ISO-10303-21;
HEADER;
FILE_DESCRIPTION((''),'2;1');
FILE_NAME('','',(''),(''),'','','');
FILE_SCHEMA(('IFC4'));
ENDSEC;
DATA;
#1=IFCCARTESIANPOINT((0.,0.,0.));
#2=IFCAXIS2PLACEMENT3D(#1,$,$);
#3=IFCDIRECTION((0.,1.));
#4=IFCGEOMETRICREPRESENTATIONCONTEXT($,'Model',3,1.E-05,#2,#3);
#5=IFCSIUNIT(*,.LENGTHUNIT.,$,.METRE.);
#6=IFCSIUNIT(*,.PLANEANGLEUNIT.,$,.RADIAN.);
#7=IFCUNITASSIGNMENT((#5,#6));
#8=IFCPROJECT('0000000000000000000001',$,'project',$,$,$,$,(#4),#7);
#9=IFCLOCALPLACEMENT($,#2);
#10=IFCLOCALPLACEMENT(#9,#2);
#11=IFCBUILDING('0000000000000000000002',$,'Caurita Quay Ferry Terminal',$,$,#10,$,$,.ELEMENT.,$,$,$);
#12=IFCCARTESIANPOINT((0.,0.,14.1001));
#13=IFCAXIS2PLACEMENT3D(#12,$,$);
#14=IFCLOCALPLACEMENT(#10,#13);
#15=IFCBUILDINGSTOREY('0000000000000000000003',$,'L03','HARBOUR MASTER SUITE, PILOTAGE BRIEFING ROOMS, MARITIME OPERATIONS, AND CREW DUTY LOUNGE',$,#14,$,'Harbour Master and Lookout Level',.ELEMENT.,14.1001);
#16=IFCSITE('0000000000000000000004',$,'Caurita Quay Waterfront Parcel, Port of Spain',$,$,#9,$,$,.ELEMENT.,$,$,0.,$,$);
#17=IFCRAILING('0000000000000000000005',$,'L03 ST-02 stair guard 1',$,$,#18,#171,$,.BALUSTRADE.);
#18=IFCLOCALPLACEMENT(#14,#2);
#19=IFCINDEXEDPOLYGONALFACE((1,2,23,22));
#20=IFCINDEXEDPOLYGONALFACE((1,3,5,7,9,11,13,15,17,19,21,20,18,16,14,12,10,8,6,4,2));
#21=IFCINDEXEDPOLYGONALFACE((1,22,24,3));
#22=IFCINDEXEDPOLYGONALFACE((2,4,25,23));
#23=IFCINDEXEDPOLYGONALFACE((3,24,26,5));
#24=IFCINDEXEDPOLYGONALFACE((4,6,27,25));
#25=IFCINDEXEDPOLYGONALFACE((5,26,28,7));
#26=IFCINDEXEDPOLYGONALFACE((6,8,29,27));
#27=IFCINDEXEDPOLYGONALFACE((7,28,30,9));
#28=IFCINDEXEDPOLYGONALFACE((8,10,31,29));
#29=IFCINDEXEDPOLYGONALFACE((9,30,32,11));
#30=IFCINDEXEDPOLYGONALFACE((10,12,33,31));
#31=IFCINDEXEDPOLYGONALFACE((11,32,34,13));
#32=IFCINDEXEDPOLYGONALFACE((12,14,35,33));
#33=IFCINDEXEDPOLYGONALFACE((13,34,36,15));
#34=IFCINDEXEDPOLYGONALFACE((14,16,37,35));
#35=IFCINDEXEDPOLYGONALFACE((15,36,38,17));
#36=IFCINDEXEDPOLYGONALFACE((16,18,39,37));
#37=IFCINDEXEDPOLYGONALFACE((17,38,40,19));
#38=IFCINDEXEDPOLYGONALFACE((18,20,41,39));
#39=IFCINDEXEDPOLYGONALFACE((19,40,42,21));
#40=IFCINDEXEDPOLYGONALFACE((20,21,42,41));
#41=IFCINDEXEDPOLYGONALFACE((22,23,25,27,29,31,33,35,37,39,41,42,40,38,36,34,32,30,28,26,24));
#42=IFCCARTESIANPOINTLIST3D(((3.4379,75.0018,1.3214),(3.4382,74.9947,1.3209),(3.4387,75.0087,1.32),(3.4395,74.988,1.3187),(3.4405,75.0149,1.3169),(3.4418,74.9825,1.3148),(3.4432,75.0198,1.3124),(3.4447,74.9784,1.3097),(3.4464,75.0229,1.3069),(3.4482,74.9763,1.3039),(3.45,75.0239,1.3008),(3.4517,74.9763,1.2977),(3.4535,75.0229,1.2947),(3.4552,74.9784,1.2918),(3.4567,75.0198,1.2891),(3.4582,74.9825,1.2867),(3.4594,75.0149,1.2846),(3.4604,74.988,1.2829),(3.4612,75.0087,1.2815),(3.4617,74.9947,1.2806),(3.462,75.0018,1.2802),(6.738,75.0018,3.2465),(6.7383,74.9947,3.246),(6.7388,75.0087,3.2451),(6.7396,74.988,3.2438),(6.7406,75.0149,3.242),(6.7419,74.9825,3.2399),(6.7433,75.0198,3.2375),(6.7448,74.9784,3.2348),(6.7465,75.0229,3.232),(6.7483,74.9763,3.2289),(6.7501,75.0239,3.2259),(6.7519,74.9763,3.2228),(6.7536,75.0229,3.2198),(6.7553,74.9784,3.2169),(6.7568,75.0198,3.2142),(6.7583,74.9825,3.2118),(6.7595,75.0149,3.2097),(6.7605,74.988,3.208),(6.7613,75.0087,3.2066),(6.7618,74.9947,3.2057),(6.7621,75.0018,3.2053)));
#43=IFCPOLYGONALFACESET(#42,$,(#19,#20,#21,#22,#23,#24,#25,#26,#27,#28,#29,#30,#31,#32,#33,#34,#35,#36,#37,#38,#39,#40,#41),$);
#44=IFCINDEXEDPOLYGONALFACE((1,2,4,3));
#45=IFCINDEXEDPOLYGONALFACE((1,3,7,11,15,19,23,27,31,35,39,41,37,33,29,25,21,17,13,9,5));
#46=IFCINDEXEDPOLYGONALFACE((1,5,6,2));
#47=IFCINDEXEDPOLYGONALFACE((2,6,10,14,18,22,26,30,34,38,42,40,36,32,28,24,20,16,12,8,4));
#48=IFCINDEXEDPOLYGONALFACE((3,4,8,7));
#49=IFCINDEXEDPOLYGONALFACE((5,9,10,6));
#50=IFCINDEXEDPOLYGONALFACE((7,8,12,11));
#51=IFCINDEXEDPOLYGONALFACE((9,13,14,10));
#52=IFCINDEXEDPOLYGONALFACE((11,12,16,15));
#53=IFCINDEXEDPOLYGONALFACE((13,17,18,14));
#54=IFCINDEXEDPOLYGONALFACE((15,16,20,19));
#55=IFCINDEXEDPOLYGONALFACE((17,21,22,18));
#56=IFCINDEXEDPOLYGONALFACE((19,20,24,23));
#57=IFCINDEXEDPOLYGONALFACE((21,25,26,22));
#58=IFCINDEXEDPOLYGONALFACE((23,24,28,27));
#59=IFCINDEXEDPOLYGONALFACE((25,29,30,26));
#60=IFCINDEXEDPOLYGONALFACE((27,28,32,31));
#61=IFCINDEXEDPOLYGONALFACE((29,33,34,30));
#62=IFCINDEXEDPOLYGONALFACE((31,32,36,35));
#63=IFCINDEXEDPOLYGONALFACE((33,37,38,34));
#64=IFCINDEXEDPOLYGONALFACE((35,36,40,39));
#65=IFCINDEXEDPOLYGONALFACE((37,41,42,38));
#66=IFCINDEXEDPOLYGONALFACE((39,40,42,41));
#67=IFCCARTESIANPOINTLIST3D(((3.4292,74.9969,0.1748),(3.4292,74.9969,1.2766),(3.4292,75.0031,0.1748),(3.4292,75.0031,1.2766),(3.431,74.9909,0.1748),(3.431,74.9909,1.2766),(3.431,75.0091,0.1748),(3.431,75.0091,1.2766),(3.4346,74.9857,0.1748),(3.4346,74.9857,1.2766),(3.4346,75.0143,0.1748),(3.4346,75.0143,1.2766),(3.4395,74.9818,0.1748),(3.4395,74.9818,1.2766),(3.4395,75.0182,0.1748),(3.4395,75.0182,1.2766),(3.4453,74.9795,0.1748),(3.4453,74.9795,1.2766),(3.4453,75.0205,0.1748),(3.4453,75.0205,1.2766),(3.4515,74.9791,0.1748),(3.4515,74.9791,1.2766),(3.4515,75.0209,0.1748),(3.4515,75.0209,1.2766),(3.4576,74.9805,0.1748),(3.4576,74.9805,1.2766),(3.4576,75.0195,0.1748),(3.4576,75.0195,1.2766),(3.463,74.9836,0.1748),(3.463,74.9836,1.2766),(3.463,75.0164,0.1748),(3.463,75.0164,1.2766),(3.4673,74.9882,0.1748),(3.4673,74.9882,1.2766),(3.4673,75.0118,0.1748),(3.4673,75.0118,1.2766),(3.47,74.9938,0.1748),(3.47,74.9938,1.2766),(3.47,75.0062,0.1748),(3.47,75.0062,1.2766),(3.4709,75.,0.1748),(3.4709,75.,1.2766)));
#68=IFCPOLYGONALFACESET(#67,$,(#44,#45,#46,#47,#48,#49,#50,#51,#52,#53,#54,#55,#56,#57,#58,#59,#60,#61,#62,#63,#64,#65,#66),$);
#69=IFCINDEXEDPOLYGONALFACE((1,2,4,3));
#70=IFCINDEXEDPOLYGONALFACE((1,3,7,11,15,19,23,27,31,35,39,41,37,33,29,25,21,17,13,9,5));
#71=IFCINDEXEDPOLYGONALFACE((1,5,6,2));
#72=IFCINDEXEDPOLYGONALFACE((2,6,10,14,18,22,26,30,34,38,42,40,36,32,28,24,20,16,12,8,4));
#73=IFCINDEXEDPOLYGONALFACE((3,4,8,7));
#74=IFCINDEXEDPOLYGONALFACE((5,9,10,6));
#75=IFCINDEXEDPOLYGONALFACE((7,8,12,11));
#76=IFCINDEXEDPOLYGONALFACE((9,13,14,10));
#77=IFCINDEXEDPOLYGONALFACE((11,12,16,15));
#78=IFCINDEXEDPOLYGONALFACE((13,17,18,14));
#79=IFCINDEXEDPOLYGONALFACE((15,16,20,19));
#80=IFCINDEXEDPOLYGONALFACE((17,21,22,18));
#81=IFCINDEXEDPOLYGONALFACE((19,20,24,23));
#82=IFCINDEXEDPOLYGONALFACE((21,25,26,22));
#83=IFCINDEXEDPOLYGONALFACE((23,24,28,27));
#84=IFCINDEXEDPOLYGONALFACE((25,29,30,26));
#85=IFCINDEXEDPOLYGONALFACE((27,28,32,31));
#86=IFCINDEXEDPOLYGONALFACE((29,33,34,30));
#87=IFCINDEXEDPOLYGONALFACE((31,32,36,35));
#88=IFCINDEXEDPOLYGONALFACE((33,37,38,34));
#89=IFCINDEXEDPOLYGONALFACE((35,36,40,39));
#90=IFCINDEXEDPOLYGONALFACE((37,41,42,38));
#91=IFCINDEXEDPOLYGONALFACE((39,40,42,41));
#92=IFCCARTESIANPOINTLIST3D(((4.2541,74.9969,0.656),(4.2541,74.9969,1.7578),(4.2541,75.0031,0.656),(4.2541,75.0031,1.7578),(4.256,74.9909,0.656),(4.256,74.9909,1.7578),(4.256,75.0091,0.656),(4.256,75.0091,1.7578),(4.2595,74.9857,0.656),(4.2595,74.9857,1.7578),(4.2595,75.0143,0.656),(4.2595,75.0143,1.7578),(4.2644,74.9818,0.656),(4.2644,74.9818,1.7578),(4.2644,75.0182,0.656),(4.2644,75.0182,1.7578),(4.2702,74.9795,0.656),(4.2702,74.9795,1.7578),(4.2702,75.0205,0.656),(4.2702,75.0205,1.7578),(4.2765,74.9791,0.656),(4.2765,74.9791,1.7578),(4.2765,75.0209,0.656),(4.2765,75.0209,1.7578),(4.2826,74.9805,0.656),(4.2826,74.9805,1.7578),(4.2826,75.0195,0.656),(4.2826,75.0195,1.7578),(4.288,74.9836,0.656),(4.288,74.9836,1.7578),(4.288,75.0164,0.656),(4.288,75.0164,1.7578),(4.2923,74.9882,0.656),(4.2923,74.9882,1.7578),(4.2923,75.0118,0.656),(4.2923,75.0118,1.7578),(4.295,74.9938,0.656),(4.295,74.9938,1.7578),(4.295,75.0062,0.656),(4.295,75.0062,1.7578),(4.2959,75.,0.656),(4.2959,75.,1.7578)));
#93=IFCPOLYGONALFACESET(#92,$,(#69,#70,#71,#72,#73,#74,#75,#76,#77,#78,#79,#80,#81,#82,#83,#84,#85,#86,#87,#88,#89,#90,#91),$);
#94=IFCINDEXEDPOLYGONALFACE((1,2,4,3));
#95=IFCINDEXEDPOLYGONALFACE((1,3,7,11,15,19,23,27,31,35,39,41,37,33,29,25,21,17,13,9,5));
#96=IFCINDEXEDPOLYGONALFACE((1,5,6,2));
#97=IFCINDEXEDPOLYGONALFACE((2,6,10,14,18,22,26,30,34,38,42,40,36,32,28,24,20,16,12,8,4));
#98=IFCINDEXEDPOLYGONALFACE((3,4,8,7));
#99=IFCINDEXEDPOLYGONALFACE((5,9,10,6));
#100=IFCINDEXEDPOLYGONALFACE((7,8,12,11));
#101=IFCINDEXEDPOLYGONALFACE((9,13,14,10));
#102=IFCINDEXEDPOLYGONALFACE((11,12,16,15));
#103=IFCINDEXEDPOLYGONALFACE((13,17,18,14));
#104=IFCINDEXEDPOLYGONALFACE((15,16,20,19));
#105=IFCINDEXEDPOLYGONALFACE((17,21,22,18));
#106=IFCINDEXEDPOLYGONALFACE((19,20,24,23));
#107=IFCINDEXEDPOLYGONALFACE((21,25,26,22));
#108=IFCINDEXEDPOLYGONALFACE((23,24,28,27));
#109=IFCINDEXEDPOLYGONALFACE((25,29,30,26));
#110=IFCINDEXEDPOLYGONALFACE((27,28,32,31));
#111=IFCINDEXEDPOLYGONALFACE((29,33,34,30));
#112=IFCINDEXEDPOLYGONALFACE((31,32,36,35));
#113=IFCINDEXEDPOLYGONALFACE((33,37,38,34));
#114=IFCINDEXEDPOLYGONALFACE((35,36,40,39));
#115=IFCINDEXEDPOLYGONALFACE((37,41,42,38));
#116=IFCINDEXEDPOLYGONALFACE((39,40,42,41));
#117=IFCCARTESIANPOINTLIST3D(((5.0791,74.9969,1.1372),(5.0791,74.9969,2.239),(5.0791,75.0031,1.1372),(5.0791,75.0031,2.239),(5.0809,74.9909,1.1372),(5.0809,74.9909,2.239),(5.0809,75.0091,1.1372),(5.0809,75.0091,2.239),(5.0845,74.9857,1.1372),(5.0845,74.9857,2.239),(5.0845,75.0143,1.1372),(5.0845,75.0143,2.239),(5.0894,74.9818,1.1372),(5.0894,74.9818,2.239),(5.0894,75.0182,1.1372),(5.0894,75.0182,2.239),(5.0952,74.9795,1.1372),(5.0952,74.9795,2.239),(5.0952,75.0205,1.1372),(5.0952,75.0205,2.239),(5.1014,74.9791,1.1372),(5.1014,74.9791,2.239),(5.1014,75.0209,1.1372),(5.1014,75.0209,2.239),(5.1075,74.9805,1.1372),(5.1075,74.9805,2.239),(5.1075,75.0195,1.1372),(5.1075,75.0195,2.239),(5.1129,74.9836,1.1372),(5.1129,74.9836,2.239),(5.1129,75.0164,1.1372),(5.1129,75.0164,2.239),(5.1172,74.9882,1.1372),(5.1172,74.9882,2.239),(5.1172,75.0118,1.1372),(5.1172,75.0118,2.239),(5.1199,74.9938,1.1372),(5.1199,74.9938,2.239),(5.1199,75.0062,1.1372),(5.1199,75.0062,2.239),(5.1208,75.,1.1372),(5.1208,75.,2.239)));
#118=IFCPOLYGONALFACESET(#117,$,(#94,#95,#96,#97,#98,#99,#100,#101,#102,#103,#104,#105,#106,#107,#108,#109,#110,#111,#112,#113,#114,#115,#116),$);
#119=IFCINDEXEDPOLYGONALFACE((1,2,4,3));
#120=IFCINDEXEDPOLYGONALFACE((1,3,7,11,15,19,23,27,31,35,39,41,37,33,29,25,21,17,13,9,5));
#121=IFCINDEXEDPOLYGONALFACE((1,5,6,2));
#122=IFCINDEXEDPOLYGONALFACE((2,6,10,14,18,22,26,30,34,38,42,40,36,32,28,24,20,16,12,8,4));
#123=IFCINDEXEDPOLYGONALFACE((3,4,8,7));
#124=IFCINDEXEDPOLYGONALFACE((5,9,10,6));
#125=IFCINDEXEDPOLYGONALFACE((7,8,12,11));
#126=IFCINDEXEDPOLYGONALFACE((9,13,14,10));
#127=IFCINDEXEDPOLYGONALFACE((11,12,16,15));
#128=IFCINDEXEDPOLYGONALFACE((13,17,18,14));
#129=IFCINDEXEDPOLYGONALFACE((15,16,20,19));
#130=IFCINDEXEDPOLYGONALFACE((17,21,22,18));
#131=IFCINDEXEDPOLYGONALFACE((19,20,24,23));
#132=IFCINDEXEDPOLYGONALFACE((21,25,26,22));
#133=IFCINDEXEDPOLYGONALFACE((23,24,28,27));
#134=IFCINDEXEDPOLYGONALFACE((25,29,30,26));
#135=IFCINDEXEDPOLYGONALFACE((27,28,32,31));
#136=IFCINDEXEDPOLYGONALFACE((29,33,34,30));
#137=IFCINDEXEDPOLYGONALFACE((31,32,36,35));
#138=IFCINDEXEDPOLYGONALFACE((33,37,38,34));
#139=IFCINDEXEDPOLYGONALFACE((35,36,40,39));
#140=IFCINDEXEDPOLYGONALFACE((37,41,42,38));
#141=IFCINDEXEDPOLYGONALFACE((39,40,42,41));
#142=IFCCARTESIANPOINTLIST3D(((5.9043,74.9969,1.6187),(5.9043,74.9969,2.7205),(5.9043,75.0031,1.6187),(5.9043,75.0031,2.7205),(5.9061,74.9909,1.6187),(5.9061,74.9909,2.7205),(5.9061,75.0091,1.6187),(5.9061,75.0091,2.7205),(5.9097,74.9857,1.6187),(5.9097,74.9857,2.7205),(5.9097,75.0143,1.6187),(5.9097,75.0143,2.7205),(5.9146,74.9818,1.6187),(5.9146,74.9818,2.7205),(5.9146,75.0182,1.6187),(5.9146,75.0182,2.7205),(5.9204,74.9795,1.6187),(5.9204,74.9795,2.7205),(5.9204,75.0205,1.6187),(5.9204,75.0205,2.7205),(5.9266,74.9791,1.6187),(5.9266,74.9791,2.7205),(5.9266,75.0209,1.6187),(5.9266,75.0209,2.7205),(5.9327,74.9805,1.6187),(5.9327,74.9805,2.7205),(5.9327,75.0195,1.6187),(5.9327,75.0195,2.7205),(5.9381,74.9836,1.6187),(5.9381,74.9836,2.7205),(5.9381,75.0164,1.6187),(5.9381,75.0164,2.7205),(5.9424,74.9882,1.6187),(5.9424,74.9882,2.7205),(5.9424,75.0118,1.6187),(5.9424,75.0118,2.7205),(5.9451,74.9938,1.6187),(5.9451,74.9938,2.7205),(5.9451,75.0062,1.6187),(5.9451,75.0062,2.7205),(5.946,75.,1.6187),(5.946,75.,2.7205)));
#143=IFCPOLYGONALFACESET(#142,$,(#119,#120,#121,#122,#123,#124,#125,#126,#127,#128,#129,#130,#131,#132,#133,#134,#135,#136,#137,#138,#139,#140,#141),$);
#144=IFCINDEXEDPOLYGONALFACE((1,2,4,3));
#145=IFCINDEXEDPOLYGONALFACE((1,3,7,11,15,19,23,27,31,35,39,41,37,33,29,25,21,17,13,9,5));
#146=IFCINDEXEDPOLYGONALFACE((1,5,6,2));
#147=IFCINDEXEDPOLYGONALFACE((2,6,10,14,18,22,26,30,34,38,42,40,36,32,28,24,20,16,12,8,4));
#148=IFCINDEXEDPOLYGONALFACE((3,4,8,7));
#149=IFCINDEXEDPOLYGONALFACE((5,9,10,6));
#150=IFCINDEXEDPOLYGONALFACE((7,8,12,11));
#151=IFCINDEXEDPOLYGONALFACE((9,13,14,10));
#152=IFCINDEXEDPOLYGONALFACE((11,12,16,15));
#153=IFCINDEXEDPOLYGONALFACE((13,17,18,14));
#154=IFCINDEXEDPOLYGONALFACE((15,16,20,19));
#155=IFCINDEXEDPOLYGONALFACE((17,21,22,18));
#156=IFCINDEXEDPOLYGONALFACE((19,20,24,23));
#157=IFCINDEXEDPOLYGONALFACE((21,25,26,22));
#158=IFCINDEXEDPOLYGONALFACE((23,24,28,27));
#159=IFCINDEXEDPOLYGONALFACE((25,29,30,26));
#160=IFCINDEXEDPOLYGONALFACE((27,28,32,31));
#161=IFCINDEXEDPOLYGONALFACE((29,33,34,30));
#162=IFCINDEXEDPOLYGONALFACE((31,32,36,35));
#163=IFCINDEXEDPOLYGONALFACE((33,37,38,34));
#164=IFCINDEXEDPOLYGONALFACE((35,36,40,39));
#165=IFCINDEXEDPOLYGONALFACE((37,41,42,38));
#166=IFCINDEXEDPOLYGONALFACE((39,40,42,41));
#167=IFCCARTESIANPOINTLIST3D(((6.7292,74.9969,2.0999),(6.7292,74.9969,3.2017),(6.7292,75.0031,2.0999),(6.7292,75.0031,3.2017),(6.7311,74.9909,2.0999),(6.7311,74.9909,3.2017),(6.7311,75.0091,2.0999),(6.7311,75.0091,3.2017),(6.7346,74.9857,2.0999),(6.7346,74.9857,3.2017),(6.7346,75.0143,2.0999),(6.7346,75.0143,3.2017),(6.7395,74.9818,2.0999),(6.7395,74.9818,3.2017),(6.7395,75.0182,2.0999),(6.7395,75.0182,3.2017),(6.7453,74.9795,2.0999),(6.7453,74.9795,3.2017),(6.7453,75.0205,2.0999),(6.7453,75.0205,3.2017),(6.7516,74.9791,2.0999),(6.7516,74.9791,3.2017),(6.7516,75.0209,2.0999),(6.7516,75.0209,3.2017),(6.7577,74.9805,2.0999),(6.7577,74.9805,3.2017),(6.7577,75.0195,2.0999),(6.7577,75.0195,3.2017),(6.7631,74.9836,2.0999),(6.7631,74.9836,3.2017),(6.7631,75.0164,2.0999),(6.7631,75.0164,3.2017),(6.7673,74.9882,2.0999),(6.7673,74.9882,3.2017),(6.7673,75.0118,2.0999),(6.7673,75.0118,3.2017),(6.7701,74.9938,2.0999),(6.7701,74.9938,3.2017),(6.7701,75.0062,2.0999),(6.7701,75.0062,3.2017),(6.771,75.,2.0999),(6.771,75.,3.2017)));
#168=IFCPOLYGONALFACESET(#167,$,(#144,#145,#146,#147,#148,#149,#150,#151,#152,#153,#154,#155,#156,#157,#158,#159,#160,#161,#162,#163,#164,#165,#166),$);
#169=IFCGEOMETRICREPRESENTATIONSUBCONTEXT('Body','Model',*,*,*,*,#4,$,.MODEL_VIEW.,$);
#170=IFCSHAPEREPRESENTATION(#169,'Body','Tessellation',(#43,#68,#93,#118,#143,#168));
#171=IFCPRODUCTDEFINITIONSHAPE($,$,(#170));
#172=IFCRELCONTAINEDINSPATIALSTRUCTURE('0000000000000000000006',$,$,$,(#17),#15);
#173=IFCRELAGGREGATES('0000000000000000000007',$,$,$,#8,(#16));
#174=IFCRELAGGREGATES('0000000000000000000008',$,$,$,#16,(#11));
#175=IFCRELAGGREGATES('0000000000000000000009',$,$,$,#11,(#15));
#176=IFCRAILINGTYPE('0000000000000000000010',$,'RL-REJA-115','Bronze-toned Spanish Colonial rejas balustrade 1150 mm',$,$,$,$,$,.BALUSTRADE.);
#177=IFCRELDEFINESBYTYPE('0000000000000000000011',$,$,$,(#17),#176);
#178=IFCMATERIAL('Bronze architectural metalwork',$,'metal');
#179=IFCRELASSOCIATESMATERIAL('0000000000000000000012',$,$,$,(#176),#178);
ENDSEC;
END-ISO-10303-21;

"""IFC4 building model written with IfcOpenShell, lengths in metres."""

from ifc_helpers import new_model, si_unit, direction, frame, origin, origin_2d, place, context, subcontext, project, spatial, circle, extrude, material, type_object, element, save


model = new_model("IFC4")

# Units and contexts
model_context = context("Model", 3, precision=1e-05, world=origin(), true_north=direction((0.0, 1.0)))
body_context = subcontext(model_context, "Body", "Model", "MODEL_VIEW")
ifc_project = project(units=[si_unit("LENGTHUNIT", "METRE"), si_unit("PLANEANGLEUNIT", "RADIAN")], contexts=[model_context])

# Site, building, storey
site_placement = place(None, origin())
site = spatial("IfcSite", under=ifc_project, at=site_placement, Name="Caurita Quay Waterfront Parcel, Port of Spain", CompositionType="ELEMENT", RefElevation=0.0)
building_placement = place(site_placement, origin())
building = spatial("IfcBuilding", under=site, at=building_placement, Name="Caurita Quay Ferry Terminal", CompositionType="ELEMENT")
storey_placement = place(building_placement, frame((0.0, 0.0, 14.1001)))
storey = spatial("IfcBuildingStorey", under=building, at=storey_placement, Name="L03", Description="HARBOUR MASTER SUITE, PILOTAGE BRIEFING ROOMS, MARITIME OPERATIONS, AND CREW DUTY LOUNGE", LongName="Harbour Master and Lookout Level", CompositionType="ELEMENT", Elevation=14.1001)

# Railing
ifc_material_1 = material(Name="Bronze architectural metalwork", Category="metal")
railing_type = type_object("IfcRailingType", Name="RL-REJA-115", Description="Bronze-toned Spanish Colonial rejas balustrade 1150 mm", PredefinedType="BALUSTRADE", material=ifc_material_1)
railing_1_placement = place(storey_placement, frame((3.45, 75.0, 0.1748)))
element("IfcRailing", 1, at=railing_1_placement, inside=storey, type_object=railing_type, Name="L03 ST-02 stair guard 1", PredefinedType="BALUSTRADE", context=body_context, shape_type="SweptSolid", body=[
    extrude(circle(Radius=0.0239, at=origin_2d()), frame((0.0, 0.0, 1.126), z_axis=(0.863777, 0.0, 0.503875), x_axis=(0.0, 1.0, 0.0)), (0.0, 0.0, 1.0), 3.8206),
    extrude(circle(Radius=0.021, at=origin_2d()), origin(), (0.0, 0.0, 1.0), 1.1018),
    extrude(circle(Radius=0.021, at=origin_2d()), frame((0.825, 0.0, 0.4812)), (0.0, 0.0, 1.0), 1.1018),
    extrude(circle(Radius=0.021, at=origin_2d()), frame((1.6499, 0.0, 0.9624)), (0.0, 0.0, 1.0), 1.1018),
    extrude(circle(Radius=0.021, at=origin_2d()), frame((2.4751, 0.0, 1.4438)), (0.0, 0.0, 1.0), 1.1018),
    extrude(circle(Radius=0.021, at=origin_2d()), frame((3.3, 0.0, 1.925)), (0.0, 0.0, 1.0), 1.1018),
])

save(model, "model.ifc")
